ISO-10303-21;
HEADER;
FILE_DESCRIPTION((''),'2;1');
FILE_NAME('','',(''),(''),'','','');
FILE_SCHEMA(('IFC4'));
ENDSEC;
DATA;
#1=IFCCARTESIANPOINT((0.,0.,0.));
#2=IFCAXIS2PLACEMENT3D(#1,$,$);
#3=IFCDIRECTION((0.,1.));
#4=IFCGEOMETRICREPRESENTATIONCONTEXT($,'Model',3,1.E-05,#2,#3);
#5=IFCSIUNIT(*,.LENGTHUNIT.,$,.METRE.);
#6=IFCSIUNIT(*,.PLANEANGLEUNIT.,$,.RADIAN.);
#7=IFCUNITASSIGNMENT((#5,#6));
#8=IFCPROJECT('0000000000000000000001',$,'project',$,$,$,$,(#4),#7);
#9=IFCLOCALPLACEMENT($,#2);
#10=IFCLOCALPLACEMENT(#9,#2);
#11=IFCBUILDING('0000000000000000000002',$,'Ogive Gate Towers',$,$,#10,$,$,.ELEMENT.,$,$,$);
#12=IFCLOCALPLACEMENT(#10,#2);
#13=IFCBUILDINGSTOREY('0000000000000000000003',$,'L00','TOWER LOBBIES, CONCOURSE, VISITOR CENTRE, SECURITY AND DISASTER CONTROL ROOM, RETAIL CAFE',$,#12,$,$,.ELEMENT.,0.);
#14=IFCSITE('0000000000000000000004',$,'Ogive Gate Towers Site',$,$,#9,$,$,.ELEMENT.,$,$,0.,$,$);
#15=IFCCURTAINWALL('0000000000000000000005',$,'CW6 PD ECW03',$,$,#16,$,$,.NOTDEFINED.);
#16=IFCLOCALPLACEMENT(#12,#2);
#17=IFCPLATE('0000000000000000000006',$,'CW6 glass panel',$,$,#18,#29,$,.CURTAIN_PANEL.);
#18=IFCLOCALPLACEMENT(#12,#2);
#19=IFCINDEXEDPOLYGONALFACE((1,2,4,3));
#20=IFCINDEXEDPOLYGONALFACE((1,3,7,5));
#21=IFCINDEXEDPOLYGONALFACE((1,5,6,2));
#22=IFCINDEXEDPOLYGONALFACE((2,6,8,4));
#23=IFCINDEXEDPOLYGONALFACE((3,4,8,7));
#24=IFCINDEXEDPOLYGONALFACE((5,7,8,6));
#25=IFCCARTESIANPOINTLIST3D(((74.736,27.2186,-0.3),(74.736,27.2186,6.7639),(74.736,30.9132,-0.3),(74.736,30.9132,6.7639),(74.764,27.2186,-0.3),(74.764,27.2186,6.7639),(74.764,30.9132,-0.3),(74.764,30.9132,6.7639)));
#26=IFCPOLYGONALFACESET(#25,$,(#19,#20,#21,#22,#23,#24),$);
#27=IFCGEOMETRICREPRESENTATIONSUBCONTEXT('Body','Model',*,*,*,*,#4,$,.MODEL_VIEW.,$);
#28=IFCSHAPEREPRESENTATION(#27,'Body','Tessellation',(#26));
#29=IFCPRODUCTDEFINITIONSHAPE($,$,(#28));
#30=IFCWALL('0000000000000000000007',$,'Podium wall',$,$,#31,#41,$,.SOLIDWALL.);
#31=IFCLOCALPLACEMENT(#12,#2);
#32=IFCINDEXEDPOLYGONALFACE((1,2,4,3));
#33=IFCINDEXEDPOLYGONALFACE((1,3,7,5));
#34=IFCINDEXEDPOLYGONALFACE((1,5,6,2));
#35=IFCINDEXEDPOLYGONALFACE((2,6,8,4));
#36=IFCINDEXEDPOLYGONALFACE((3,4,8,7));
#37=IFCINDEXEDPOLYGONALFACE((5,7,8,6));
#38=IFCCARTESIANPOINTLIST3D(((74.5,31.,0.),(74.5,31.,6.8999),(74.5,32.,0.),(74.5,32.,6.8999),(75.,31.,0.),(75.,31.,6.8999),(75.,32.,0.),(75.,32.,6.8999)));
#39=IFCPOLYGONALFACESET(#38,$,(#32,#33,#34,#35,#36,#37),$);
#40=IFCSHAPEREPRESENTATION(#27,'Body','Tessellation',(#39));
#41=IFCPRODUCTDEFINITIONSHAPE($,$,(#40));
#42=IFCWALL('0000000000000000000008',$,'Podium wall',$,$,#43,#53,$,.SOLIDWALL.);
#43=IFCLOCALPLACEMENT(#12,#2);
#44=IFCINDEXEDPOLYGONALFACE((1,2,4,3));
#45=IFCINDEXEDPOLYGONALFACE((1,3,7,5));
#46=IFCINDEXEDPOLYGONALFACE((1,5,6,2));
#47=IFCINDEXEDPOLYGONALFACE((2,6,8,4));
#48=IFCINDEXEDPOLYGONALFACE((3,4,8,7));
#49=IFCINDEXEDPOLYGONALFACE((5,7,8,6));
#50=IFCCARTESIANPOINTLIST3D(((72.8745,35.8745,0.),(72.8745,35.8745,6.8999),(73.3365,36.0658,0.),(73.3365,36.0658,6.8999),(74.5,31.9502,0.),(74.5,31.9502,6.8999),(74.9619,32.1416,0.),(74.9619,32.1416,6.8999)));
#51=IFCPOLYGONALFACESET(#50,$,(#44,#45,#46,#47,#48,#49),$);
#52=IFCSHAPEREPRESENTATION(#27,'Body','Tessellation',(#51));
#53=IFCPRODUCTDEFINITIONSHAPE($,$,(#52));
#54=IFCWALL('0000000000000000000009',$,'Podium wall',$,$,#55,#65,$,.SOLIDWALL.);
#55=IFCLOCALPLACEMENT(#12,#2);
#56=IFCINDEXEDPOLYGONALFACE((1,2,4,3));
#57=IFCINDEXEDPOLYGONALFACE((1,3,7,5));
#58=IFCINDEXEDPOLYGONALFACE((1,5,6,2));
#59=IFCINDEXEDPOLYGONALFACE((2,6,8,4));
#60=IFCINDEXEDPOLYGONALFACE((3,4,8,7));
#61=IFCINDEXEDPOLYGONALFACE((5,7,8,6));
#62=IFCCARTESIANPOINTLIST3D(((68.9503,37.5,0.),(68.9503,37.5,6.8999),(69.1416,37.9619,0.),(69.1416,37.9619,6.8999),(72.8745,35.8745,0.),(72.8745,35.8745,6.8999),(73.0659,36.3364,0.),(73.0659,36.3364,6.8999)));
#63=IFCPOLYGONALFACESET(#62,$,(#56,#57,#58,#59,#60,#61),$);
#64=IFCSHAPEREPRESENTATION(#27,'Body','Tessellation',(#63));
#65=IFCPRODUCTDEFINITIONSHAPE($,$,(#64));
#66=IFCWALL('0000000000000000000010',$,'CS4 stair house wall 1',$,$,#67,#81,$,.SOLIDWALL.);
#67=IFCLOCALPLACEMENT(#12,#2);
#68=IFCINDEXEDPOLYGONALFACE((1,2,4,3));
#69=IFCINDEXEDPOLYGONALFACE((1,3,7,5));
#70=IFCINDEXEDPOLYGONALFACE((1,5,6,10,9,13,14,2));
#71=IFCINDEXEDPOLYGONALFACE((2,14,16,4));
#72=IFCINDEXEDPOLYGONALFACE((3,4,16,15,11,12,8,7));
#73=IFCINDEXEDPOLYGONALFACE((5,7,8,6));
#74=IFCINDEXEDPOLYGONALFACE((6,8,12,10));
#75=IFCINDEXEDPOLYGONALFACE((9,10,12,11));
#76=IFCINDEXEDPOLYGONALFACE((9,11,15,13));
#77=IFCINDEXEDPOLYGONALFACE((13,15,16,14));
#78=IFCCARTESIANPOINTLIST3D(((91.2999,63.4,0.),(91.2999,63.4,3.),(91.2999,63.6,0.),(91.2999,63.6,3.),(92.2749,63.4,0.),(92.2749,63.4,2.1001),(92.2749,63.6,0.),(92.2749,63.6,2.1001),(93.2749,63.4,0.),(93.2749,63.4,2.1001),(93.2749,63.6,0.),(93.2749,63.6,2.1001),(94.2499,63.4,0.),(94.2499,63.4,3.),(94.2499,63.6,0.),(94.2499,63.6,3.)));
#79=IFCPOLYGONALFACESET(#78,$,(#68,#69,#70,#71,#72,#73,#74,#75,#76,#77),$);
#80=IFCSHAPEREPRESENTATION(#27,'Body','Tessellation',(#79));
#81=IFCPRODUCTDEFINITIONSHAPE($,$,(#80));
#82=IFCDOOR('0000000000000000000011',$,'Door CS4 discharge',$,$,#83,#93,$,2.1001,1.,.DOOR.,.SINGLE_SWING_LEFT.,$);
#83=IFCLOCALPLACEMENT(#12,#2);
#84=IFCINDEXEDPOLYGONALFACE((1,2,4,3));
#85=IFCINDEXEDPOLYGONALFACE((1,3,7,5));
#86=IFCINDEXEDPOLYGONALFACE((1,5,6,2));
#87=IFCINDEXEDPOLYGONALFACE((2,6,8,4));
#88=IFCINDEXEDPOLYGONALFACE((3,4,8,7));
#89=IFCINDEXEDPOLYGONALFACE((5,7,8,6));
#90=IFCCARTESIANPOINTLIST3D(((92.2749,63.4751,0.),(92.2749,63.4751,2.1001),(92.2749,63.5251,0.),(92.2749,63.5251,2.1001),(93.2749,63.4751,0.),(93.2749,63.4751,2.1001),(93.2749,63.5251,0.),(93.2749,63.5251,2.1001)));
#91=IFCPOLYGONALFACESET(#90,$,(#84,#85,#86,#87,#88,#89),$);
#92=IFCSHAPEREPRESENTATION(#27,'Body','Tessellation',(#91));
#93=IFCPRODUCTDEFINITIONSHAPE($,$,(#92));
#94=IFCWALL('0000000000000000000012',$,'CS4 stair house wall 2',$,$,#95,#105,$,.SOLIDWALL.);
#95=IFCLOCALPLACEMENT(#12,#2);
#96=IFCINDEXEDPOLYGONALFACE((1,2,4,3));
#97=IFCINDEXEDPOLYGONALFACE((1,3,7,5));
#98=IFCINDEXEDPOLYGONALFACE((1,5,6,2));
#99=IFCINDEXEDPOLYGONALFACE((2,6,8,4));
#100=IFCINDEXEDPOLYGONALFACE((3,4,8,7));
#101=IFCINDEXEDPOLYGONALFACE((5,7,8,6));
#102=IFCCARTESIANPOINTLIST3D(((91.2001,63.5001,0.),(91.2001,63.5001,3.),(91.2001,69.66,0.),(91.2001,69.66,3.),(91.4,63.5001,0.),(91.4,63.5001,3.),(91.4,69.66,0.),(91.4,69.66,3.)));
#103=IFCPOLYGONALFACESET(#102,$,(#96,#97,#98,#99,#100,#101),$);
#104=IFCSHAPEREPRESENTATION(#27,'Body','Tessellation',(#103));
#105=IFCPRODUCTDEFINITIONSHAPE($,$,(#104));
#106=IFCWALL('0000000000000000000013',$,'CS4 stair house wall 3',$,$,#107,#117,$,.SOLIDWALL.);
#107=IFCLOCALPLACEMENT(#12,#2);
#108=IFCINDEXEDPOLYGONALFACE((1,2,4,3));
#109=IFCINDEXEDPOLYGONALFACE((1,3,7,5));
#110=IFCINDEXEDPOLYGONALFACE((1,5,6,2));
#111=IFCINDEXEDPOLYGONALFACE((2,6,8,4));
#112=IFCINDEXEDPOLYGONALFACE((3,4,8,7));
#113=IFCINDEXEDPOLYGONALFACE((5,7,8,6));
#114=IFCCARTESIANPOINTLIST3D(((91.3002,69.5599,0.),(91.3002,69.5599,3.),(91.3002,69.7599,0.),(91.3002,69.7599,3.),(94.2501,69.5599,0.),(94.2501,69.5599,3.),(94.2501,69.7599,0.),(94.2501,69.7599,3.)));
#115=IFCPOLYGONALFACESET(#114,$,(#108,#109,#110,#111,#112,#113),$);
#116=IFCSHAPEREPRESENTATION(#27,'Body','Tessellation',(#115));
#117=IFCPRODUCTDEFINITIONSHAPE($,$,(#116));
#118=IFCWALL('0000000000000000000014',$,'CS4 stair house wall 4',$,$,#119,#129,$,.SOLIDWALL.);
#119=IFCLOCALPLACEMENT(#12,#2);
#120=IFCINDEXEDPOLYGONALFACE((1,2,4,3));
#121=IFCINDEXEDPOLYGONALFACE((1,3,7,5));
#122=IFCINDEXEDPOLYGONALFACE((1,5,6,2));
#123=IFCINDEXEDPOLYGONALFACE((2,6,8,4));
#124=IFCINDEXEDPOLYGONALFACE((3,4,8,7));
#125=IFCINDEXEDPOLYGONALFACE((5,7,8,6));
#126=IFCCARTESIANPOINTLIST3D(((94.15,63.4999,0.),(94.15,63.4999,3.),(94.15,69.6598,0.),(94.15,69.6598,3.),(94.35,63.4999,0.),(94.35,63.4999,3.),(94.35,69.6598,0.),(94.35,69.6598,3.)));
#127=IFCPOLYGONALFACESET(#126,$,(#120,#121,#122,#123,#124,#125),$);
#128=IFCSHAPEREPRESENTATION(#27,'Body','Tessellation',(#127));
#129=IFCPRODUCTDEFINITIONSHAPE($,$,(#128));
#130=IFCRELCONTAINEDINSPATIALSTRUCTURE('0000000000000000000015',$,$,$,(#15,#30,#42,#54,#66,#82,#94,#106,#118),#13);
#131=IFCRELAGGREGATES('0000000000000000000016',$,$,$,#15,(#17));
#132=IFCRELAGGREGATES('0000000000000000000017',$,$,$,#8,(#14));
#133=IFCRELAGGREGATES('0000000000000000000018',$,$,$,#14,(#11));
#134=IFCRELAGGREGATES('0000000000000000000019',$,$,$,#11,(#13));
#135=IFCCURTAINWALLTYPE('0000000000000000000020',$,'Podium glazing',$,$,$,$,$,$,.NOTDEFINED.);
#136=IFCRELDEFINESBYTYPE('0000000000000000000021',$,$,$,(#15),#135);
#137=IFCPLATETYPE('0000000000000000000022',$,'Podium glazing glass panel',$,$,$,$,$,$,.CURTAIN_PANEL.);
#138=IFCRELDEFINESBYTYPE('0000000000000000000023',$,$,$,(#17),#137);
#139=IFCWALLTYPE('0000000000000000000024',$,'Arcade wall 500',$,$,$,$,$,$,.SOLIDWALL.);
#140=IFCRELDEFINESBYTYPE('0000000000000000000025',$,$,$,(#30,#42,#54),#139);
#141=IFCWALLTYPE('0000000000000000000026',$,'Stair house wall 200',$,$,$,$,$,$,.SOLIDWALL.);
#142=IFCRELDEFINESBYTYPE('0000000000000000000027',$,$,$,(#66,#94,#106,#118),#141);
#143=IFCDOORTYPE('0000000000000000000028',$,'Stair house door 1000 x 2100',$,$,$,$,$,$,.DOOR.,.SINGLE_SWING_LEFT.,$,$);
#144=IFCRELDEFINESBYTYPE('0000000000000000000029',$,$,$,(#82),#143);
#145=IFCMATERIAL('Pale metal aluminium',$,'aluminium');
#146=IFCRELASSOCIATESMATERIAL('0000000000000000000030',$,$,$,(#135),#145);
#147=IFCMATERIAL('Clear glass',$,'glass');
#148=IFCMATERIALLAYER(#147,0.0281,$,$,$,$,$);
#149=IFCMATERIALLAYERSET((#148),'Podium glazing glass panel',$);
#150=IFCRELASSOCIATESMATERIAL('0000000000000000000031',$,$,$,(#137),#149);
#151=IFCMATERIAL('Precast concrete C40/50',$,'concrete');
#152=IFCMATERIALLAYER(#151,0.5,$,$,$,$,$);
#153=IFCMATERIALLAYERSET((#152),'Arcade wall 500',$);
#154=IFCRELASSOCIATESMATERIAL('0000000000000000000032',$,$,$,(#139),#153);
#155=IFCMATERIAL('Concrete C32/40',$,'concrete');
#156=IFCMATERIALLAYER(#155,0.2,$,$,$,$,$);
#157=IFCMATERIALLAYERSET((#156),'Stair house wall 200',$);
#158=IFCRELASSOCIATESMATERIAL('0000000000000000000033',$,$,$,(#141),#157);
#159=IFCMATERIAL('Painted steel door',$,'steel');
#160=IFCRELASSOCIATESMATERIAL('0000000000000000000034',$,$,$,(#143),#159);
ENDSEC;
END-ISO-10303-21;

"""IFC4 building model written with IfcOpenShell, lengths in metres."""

from ifc_helpers import new_model, si_unit, direction, frame, frame_2d, origin, origin_2d, place, context, subcontext, project, spatial, rectangle, extrude, material, layer, layer_set, type_object, element, fill, aggregate, save


model = new_model("IFC4")

# Units and contexts
model_context = context("Model", 3, precision=1e-05, world=origin(), true_north=direction((0.0, 1.0)))
body_context = subcontext(model_context, "Body", "Model", "MODEL_VIEW")
ifc_project = project(units=[si_unit("LENGTHUNIT", "METRE"), si_unit("PLANEANGLEUNIT", "RADIAN")], contexts=[model_context])

# Site, building, storey
site_placement = place(None, origin())
site = spatial("IfcSite", under=ifc_project, at=site_placement, Name="Ogive Gate Towers Site", CompositionType="ELEMENT", RefElevation=0.0)
building_placement = place(site_placement, origin())
building = spatial("IfcBuilding", under=site, at=building_placement, Name="Ogive Gate Towers", CompositionType="ELEMENT")
storey_placement = place(building_placement, origin())
storey = spatial("IfcBuildingStorey", under=building, at=storey_placement, Name="L00", Description="TOWER LOBBIES, CONCOURSE, VISITOR CENTRE, SECURITY AND DISASTER CONTROL ROOM, RETAIL CAFE", CompositionType="ELEMENT", Elevation=0.0)

# Shared definitions
ifc_material_1 = material(Name="Precast concrete C40/50", Category="concrete")

# Curtain wall, plate
ifc_material_2 = material(Name="Pale metal aluminium", Category="aluminium")
curtain_wall_type = type_object("IfcCurtainWallType", Name="Podium glazing", PredefinedType="NOTDEFINED", material=ifc_material_2)
curtain_wall_placement = place(storey_placement, origin())
curtain_wall = element("IfcCurtainWall", 1, at=curtain_wall_placement, inside=storey, type_object=curtain_wall_type, Name="CW6 PD ECW03", PredefinedType="NOTDEFINED")
ifc_material_3 = material(Name="Clear glass", Category="glass")
ifc_layer_1 = layer(ifc_material_3, 0.0281)
ifc_layer_set_1 = layer_set([ifc_layer_1], Name="Podium glazing glass panel")
plate_type = type_object("IfcPlateType", Name="Podium glazing glass panel", PredefinedType="CURTAIN_PANEL", material=ifc_layer_set_1)
plate_placement = place(storey_placement, frame((74.75, 29.0659, -0.3), z_axis=(0.0, 0.0, 1.0), x_axis=(0.0, 1.0, 0.0)))
plate = element("IfcPlate", 2, at=plate_placement, type_object=plate_type, Name="CW6 glass panel", PredefinedType="CURTAIN_PANEL", context=body_context, shape_type="SweptSolid", body=[
    extrude(rectangle(XDim=3.6946, YDim=0.0281, at=origin_2d()), origin(), (0.0, 0.0, 1.0), 7.064),
])
aggregate(curtain_wall, [plate])

# Walls
ifc_layer_2 = layer(ifc_material_1, 0.5)
ifc_layer_set_2 = layer_set([ifc_layer_2], Name="Arcade wall 500")
wall_type_1 = type_object("IfcWallType", Name="Arcade wall 500", PredefinedType="SOLIDWALL", material=ifc_layer_set_2)
wall_1_placement = place(storey_placement, frame((74.75, 31.0, 0.0), z_axis=(0.0, 0.0, 1.0), x_axis=(0.0, 1.0, 0.0)))
element("IfcWall", 3, at=wall_1_placement, inside=storey, type_object=wall_type_1, Name="Podium wall", PredefinedType="SOLIDWALL", context=body_context, shape_type="SweptSolid", body=[
    extrude(rectangle(XDim=1.0, YDim=0.5, at=frame_2d((0.5, 0.0))), origin(), (0.0, 0.0, 1.0), 6.8999),
])
for number, where, z_axis, x_axis, name in (
    (4, (74.731, 32.0459, 0.0), (0.0, 0.0, 1.0), (-0.38268, 0.923881, 0.0), "Podium wall"),
    (5, (72.9702, 36.1055, 0.0), (0.0, 0.0, 1.0), (-0.923881, 0.38268, 0.0), "Podium wall"),
):
    element("IfcWall", number, at=place(storey_placement, frame(where, z_axis=z_axis, x_axis=x_axis)), inside=storey, type_object=wall_type_1, Name=name, PredefinedType="SOLIDWALL", context=body_context, shape_type="SweptSolid", body=[
        extrude(rectangle(XDim=4.2476, YDim=0.5, at=frame_2d((2.1238, 0.0))), origin(), (0.0, 0.0, 1.0), 6.8999),
    ])

# Wall, opening, door
ifc_material_4 = material(Name="Concrete C32/40", Category="concrete")
ifc_layer_3 = layer(ifc_material_4, 0.2)
ifc_layer_set_3 = layer_set([ifc_layer_3], Name="Stair house wall 200")
wall_type_2 = type_object("IfcWallType", Name="Stair house wall 200", PredefinedType="SOLIDWALL", material=ifc_layer_set_3)
wall_2_placement = place(storey_placement, frame((94.25, 63.5, 0.0), z_axis=(0.0, 0.0, 1.0), x_axis=(-1.0, 0.0, 0.0)))
wall_2 = element("IfcWall", 6, at=wall_2_placement, inside=storey, type_object=wall_type_2, Name="CS4 stair house wall 1", PredefinedType="SOLIDWALL", context=body_context, shape_type="SweptSolid", body=[
    extrude(rectangle(XDim=2.95, YDim=0.2, at=frame_2d((1.4751, 0.0))), origin(), (0.0, 0.0, 1.0), 3.0),
])
opening_placement = place(wall_2_placement, frame((0.9751, 0.0, 0.0)))
opening = element("IfcOpeningElement", 7, at=opening_placement, cuts=wall_2, PredefinedType="OPENING", context=body_context, shape_type="SweptSolid", body=[
    extrude(rectangle(XDim=1.0, YDim=2.1001, at=frame_2d((0.5, 1.05))), frame((0.0, 0.1099, 0.0), z_axis=(0.0, -1.0, 0.0), x_axis=(1.0, 0.0, 0.0)), (0.0, 0.0, 1.0), 0.22),
])
ifc_material_5 = material(Name="Painted steel door", Category="steel")
door_type = type_object("IfcDoorType", Name="Stair house door 1000 x 2100", OperationType="SINGLE_SWING_LEFT", PredefinedType="DOOR", material=ifc_material_5)
door_placement = place(opening_placement, origin())
door = element("IfcDoor", 8, at=door_placement, inside=storey, type_object=door_type, Name="Door CS4 discharge", OperationType="SINGLE_SWING_LEFT", OverallHeight=2.1001, OverallWidth=1.0, PredefinedType="DOOR", context=body_context, shape_type="SweptSolid", body=[
    extrude(rectangle(XDim=1.0, YDim=2.1001, at=frame_2d((0.5, 1.05))), frame((0.0, 0.0249, 0.0), z_axis=(0.0, -1.0, 0.0), x_axis=(1.0, 0.0, 0.0)), (0.0, 0.0, 1.0), 0.05),
])
fill(opening, door)

# Walls
wall_3_placement = place(storey_placement, frame((91.3, 63.5, 0.0), z_axis=(0.0, 0.0, 1.0), x_axis=(0.0, 1.0, 0.0)))
element("IfcWall", 9, at=wall_3_placement, inside=storey, type_object=wall_type_2, Name="CS4 stair house wall 2", PredefinedType="SOLIDWALL", context=body_context, shape_type="SweptSolid", body=[
    extrude(rectangle(XDim=6.1599, YDim=0.2, at=frame_2d((3.0801, 0.0))), origin(), (0.0, 0.0, 1.0), 3.0),
])
wall_4_placement = place(storey_placement, frame((91.3, 69.6599, 0.0), z_axis=(0.0, 0.0, 1.0), x_axis=(1.0, 0.0, 0.0)))
element("IfcWall", 10, at=wall_4_placement, inside=storey, type_object=wall_type_2, Name="CS4 stair house wall 3", PredefinedType="SOLIDWALL", context=body_context, shape_type="SweptSolid", body=[
    extrude(rectangle(XDim=2.95, YDim=0.2, at=frame_2d((1.4751, 0.0))), origin(), (0.0, 0.0, 1.0), 3.0),
])
wall_5_placement = place(storey_placement, frame((94.25, 69.6599, 0.0), z_axis=(0.0, 0.0, 1.0), x_axis=(0.0, -1.0, 0.0)))
element("IfcWall", 11, at=wall_5_placement, inside=storey, type_object=wall_type_2, Name="CS4 stair house wall 4", PredefinedType="SOLIDWALL", context=body_context, shape_type="SweptSolid", body=[
    extrude(rectangle(XDim=6.1599, YDim=0.2, at=frame_2d((3.0801, 0.0))), origin(), (0.0, 0.0, 1.0), 3.0),
])

save(model, "model.ifc")
